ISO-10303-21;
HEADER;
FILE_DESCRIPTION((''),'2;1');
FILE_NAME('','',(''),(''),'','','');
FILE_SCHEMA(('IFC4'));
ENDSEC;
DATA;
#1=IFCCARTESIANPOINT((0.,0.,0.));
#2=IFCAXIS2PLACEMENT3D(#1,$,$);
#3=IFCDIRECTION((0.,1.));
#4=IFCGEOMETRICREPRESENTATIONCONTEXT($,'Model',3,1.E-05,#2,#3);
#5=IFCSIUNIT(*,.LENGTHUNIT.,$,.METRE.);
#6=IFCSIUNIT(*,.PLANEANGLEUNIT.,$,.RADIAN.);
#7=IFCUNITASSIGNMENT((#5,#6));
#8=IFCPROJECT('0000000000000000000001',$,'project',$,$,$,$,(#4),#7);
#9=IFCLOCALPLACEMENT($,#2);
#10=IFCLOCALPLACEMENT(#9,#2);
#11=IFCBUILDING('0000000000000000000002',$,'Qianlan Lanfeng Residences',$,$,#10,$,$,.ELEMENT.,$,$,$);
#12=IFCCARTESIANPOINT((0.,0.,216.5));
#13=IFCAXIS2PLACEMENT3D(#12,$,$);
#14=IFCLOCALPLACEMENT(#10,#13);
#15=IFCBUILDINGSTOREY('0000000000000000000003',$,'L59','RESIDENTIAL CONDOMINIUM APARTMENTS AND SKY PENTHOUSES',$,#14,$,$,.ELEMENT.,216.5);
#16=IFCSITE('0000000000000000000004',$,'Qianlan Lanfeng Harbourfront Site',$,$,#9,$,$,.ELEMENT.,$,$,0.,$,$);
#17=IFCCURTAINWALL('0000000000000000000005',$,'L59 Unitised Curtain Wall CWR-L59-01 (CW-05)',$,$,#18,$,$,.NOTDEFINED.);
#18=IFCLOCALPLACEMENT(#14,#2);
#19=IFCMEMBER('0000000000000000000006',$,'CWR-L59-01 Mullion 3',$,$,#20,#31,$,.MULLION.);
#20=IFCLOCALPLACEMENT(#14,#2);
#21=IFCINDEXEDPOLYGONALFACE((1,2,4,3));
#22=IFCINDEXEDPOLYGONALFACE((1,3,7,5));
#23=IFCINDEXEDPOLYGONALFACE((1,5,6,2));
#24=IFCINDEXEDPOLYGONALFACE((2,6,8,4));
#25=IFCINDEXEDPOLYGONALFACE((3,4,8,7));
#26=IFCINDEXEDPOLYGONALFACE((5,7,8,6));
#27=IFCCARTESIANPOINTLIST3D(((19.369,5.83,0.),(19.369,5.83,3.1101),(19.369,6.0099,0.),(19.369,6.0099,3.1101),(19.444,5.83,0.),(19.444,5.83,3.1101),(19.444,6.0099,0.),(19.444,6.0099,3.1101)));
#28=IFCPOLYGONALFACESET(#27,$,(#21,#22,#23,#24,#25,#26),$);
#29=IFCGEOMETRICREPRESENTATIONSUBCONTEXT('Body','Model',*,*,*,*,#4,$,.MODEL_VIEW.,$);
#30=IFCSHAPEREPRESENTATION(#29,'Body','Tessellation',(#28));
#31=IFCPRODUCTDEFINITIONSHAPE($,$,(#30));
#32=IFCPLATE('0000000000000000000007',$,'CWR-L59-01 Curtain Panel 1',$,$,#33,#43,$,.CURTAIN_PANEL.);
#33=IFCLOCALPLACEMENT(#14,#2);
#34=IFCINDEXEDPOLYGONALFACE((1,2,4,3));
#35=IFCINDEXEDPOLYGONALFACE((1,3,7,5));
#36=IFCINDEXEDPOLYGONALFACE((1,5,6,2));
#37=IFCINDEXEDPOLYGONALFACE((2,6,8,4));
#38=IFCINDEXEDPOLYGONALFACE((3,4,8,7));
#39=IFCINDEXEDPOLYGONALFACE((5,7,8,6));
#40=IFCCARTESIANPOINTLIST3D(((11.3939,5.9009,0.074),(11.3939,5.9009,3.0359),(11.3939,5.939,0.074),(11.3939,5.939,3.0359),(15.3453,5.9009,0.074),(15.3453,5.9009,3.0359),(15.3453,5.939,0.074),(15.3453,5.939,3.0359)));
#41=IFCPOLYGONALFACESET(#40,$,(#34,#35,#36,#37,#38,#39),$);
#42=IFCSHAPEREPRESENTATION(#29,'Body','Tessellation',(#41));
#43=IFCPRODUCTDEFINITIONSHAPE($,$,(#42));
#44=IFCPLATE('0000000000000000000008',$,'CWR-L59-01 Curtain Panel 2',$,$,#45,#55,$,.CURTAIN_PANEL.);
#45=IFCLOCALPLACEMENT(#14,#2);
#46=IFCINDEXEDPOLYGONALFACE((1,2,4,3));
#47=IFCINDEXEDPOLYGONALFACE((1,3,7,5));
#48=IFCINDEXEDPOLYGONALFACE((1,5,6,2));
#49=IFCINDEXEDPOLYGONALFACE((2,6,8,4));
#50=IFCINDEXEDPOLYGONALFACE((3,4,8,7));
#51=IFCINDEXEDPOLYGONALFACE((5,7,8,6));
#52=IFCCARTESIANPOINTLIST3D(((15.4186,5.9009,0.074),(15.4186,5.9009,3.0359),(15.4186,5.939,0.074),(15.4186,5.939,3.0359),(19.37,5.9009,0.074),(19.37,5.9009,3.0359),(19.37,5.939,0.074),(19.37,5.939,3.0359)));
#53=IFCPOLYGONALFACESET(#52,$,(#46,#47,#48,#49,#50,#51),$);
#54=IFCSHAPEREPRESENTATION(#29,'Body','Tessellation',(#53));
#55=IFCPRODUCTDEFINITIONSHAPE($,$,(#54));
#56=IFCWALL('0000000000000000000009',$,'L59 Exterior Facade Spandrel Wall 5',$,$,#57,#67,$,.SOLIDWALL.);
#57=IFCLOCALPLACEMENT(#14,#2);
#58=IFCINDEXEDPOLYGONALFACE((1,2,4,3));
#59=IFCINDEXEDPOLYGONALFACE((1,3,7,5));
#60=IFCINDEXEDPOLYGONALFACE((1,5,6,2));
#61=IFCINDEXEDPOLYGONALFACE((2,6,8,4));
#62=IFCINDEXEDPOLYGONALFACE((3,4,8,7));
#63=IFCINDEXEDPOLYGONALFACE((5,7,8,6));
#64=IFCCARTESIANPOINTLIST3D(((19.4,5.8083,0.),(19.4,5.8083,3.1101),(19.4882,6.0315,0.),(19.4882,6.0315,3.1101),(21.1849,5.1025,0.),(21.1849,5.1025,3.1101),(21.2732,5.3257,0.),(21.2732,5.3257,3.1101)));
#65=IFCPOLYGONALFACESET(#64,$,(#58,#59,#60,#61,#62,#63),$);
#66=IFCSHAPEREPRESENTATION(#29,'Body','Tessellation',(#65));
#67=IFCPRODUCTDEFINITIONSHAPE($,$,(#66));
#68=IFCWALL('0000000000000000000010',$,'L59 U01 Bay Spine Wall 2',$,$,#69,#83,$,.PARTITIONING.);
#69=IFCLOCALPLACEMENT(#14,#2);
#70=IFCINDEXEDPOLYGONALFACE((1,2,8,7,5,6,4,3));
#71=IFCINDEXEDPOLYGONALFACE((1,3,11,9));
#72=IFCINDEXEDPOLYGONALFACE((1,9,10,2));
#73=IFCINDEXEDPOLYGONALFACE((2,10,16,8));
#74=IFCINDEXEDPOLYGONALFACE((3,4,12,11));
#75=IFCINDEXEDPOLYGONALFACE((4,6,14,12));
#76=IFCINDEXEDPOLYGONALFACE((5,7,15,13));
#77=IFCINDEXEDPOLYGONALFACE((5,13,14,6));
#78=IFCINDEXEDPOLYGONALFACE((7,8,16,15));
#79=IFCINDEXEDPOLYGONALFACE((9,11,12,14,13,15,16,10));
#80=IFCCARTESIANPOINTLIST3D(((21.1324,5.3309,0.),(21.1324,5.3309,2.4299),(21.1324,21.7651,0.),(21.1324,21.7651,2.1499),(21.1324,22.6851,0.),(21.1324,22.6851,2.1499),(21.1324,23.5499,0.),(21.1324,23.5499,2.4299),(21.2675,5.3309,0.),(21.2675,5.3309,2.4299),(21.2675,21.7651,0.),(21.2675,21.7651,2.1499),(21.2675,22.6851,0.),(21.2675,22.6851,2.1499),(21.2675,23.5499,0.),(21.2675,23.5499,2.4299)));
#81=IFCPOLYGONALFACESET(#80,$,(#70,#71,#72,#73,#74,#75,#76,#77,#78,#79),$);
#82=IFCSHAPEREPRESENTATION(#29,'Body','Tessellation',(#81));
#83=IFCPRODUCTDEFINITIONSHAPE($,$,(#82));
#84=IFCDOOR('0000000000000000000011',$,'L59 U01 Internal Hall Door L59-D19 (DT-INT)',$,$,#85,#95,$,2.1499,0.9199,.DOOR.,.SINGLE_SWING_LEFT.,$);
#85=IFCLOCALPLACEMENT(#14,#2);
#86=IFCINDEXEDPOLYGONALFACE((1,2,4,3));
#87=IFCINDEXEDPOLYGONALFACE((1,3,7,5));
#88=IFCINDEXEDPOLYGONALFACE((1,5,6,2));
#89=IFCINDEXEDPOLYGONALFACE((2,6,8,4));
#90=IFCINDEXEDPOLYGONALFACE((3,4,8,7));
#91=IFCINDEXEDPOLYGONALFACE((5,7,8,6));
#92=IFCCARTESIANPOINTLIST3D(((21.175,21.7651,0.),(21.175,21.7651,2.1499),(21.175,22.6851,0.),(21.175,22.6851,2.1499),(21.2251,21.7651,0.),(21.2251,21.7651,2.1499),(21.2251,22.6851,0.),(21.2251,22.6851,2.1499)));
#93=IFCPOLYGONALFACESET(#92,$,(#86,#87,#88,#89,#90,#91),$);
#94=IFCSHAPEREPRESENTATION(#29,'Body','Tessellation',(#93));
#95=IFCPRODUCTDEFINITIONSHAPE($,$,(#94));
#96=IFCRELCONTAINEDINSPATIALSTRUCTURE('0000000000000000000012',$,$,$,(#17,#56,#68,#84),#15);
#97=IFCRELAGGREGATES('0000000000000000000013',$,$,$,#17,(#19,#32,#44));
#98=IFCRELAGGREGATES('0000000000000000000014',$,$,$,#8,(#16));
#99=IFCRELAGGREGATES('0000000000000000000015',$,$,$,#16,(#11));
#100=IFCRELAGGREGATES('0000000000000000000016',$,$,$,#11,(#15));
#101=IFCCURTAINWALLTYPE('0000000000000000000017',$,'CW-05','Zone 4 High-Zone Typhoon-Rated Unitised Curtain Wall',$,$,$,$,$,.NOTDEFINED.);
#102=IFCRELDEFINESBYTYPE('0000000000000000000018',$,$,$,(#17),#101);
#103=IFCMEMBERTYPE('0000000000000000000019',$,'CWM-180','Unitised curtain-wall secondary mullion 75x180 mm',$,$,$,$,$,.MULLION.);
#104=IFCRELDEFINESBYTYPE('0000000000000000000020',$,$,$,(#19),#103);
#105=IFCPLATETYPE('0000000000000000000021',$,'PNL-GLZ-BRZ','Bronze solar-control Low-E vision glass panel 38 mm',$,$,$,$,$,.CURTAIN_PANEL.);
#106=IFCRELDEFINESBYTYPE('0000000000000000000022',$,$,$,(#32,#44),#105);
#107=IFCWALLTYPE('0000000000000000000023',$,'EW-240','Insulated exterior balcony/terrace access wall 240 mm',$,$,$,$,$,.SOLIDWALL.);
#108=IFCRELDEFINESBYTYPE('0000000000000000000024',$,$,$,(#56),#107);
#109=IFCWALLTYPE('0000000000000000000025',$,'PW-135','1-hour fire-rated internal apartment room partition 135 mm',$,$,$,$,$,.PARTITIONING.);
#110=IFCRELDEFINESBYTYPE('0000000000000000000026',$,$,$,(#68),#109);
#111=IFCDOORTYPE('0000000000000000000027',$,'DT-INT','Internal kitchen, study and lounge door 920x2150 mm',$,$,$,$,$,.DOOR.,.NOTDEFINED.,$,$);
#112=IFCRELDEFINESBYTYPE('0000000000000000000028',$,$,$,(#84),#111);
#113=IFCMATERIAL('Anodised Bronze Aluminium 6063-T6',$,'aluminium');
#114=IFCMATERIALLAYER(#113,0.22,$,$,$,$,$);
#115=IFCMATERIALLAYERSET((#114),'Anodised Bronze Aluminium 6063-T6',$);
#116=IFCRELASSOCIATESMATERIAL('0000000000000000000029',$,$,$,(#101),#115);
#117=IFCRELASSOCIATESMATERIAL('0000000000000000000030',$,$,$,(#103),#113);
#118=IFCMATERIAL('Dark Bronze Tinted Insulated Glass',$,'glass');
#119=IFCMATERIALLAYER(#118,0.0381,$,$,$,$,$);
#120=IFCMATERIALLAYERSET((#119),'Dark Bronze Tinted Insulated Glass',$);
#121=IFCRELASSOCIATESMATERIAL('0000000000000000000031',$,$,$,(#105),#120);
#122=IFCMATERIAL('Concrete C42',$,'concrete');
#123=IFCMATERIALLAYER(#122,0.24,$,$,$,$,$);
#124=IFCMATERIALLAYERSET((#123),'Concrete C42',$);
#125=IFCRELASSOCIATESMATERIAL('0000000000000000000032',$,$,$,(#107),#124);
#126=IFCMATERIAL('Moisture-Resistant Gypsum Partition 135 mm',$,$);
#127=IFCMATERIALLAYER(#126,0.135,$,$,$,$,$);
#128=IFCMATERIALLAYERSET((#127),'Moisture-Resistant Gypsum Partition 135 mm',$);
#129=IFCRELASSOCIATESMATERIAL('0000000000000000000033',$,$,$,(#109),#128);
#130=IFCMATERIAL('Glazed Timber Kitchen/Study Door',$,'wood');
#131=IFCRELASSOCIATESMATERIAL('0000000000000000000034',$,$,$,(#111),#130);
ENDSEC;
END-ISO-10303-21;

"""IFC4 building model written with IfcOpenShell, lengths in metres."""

from ifc_helpers import new_model, si_unit, direction, frame, frame_2d, origin, origin_2d, place, context, subcontext, project, spatial, rectangle, extrude, source, transform, mapped, material, layer, layer_set, material_profile, profile_set, type_object, element, fill, aggregate, save


model = new_model("IFC4")

# Units and contexts
model_context = context("Model", 3, precision=1e-05, world=origin(), true_north=direction((0.0, 1.0)))
body_context = subcontext(model_context, "Body", "Model", "MODEL_VIEW")
ifc_project = project(units=[si_unit("LENGTHUNIT", "METRE"), si_unit("PLANEANGLEUNIT", "RADIAN")], contexts=[model_context])

# Site, building, storey
site_placement = place(None, origin())
site = spatial("IfcSite", under=ifc_project, at=site_placement, Name="Qianlan Lanfeng Harbourfront Site", CompositionType="ELEMENT", RefElevation=0.0)
building_placement = place(site_placement, origin())
building = spatial("IfcBuilding", under=site, at=building_placement, Name="Qianlan Lanfeng Residences", CompositionType="ELEMENT")
storey_placement = place(building_placement, frame((0.0, 0.0, 216.5)))
storey = spatial("IfcBuildingStorey", under=building, at=storey_placement, Name="L59", Description="RESIDENTIAL CONDOMINIUM APARTMENTS AND SKY PENTHOUSES", CompositionType="ELEMENT", Elevation=216.5)

# Curtain wall, member, plates
ifc_material_1 = material(Name="Anodised Bronze Aluminium 6063-T6", Category="aluminium")
ifc_layer_1 = layer(ifc_material_1, 0.22)
ifc_layer_set_1 = layer_set([ifc_layer_1], Name="Anodised Bronze Aluminium 6063-T6")
curtain_wall_type = type_object("IfcCurtainWallType", Name="CW-05", Description="Zone 4 High-Zone Typhoon-Rated Unitised Curtain Wall", PredefinedType="NOTDEFINED", material=ifc_layer_set_1)
curtain_wall_placement = place(storey_placement, origin())
curtain_wall = element("IfcCurtainWall", 1, at=curtain_wall_placement, inside=storey, type_object=curtain_wall_type, Name="L59 Unitised Curtain Wall CWR-L59-01 (CW-05)", PredefinedType="NOTDEFINED")
ifc_material_profile_1 = material_profile(ifc_material_1, rectangle(XDim=0.075, YDim=0.1799, at=origin_2d()), Name="ALU MULLION 75x180")
ifc_profile_set_1 = profile_set([ifc_material_profile_1], Name="Anodised Bronze Aluminium 6063-T6")
member_type_1 = type_object("IfcMemberType", Name="CWM-180", Description="Unitised curtain-wall secondary mullion 75x180 mm", PredefinedType="MULLION", material=ifc_profile_set_1)
shared_shape_1 = source(origin(), body_context, "Body", "SweptSolid", [
    extrude(rectangle(XDim=0.075, YDim=0.1799, at=origin_2d()), origin(), (0.0, 0.0, 1.0), 3.1101),
])
member_1_placement = place(storey_placement, frame((19.4065, 5.9199, 0.0), z_axis=(0.0, 0.0, 1.0), x_axis=(1.0, 0.0, 0.0)))
member_1 = element("IfcMember", 2, at=member_1_placement, type_object=member_type_1, Name="CWR-L59-01 Mullion 3", PredefinedType="MULLION", context=body_context, shape_type="MappedRepresentation", body=[
    mapped(shared_shape_1, transform((0.0, 0.0, 0.0), scale=1.0)),
])
ifc_material_2 = material(Name="Dark Bronze Tinted Insulated Glass", Category="glass")
ifc_layer_2 = layer(ifc_material_2, 0.0381)
ifc_layer_set_2 = layer_set([ifc_layer_2], Name="Dark Bronze Tinted Insulated Glass")
plate_type = type_object("IfcPlateType", Name="PNL-GLZ-BRZ", Description="Bronze solar-control Low-E vision glass panel 38 mm", PredefinedType="CURTAIN_PANEL", material=ifc_layer_set_2)
shared_shape_2 = source(origin(), body_context, "Body", "SweptSolid", [
    extrude(rectangle(XDim=3.9514, YDim=0.0381, at=origin_2d()), origin(), (0.0, 0.0, 1.0), 2.9619),
])
plate_1_placement = place(storey_placement, frame((13.3696, 5.9199, 0.074), z_axis=(0.0, 0.0, 1.0), x_axis=(1.0, 0.0, 0.0)))
plate_1 = element("IfcPlate", 3, at=plate_1_placement, type_object=plate_type, Name="CWR-L59-01 Curtain Panel 1", PredefinedType="CURTAIN_PANEL", context=body_context, shape_type="MappedRepresentation", body=[
    mapped(shared_shape_2, transform((0.0, 0.0, 0.0), scale=1.0)),
])
plate_2_placement = place(storey_placement, frame((17.3943, 5.9199, 0.074), z_axis=(0.0, 0.0, 1.0), x_axis=(1.0, 0.0, 0.0)))
plate_2 = element("IfcPlate", 4, at=plate_2_placement, type_object=plate_type, Name="CWR-L59-01 Curtain Panel 2", PredefinedType="CURTAIN_PANEL", context=body_context, shape_type="MappedRepresentation", body=[
    mapped(shared_shape_2, transform((0.0, 0.0, 0.0), scale=1.0)),
])
aggregate(curtain_wall, [member_1, plate_1, plate_2])

# Wall
ifc_material_3 = material(Name="Concrete C42", Category="concrete")
ifc_layer_3 = layer(ifc_material_3, 0.24)
ifc_layer_set_3 = layer_set([ifc_layer_3], Name="Concrete C42")
wall_type_1 = type_object("IfcWallType", Name="EW-240", Description="Insulated exterior balcony/terrace access wall 240 mm", PredefinedType="SOLIDWALL", material=ifc_layer_set_3)
wall_1_placement = place(storey_placement, frame((19.4441, 5.9199, 0.0), z_axis=(0.0, 0.0, 1.0), x_axis=(0.929934, -0.367725, 0.0)))
element("IfcWall", 5, at=wall_1_placement, inside=storey, type_object=wall_type_1, Name="L59 Exterior Facade Spandrel Wall 5", PredefinedType="SOLIDWALL", context=body_context, shape_type="SweptSolid", body=[
    extrude(rectangle(XDim=1.9194, YDim=0.24, at=frame_2d((0.9597, 0.0))), origin(), (0.0, 0.0, 1.0), 3.1101),
])

# Wall, opening, door
ifc_material_4 = material(Name="Moisture-Resistant Gypsum Partition 135 mm")
ifc_layer_4 = layer(ifc_material_4, 0.135)
ifc_layer_set_4 = layer_set([ifc_layer_4], Name="Moisture-Resistant Gypsum Partition 135 mm")
wall_type_2 = type_object("IfcWallType", Name="PW-135", Description="1-hour fire-rated internal apartment room partition 135 mm", PredefinedType="PARTITIONING", material=ifc_layer_set_4)
wall_2_placement = place(storey_placement, frame((21.2, 5.3311, 0.0), z_axis=(0.0, 0.0, 1.0), x_axis=(0.0, 1.0, 0.0)))
wall_2 = element("IfcWall", 6, at=wall_2_placement, inside=storey, type_object=wall_type_2, Name="L59 U01 Bay Spine Wall 2", PredefinedType="PARTITIONING", context=body_context, shape_type="SweptSolid", body=[
    extrude(rectangle(XDim=18.219, YDim=0.135, at=frame_2d((9.1094, 0.0))), origin(), (0.0, 0.0, 1.0), 2.4299),
])
opening_1_placement = place(wall_2_placement, frame((16.4341, 0.0, 0.0)))
opening_1 = element("IfcOpeningElement", 7, at=opening_1_placement, cuts=wall_2, PredefinedType="OPENING", context=body_context, shape_type="SweptSolid", body=[
    extrude(rectangle(XDim=0.9199, YDim=2.1499, at=frame_2d((0.46, 1.075))), frame((0.0, 0.0776, 0.0), z_axis=(0.0, -1.0, 0.0), x_axis=(1.0, 0.0, 0.0)), (0.0, 0.0, 1.0), 0.155),
])
ifc_material_5 = material(Name="Glazed Timber Kitchen/Study Door", Category="wood")
door_type_1 = type_object("IfcDoorType", Name="DT-INT", Description="Internal kitchen, study and lounge door 920x2150 mm", OperationType="NOTDEFINED", PredefinedType="DOOR", material=ifc_material_5)
door_1_placement = place(opening_1_placement, origin())
door_1 = element("IfcDoor", 8, at=door_1_placement, inside=storey, type_object=door_type_1, Name="L59 U01 Internal Hall Door L59-D19 (DT-INT)", OperationType="SINGLE_SWING_LEFT", OverallHeight=2.1499, OverallWidth=0.9199, PredefinedType="DOOR", context=body_context, shape_type="SweptSolid", body=[
    extrude(rectangle(XDim=0.9199, YDim=2.1499, at=frame_2d((0.46, 1.075))), frame((0.0, 0.0249, 0.0), z_axis=(0.0, -1.0, 0.0), x_axis=(1.0, 0.0, 0.0)), (0.0, 0.0, 1.0), 0.05),
])
fill(opening_1, door_1)

save(model, "model.ifc")
